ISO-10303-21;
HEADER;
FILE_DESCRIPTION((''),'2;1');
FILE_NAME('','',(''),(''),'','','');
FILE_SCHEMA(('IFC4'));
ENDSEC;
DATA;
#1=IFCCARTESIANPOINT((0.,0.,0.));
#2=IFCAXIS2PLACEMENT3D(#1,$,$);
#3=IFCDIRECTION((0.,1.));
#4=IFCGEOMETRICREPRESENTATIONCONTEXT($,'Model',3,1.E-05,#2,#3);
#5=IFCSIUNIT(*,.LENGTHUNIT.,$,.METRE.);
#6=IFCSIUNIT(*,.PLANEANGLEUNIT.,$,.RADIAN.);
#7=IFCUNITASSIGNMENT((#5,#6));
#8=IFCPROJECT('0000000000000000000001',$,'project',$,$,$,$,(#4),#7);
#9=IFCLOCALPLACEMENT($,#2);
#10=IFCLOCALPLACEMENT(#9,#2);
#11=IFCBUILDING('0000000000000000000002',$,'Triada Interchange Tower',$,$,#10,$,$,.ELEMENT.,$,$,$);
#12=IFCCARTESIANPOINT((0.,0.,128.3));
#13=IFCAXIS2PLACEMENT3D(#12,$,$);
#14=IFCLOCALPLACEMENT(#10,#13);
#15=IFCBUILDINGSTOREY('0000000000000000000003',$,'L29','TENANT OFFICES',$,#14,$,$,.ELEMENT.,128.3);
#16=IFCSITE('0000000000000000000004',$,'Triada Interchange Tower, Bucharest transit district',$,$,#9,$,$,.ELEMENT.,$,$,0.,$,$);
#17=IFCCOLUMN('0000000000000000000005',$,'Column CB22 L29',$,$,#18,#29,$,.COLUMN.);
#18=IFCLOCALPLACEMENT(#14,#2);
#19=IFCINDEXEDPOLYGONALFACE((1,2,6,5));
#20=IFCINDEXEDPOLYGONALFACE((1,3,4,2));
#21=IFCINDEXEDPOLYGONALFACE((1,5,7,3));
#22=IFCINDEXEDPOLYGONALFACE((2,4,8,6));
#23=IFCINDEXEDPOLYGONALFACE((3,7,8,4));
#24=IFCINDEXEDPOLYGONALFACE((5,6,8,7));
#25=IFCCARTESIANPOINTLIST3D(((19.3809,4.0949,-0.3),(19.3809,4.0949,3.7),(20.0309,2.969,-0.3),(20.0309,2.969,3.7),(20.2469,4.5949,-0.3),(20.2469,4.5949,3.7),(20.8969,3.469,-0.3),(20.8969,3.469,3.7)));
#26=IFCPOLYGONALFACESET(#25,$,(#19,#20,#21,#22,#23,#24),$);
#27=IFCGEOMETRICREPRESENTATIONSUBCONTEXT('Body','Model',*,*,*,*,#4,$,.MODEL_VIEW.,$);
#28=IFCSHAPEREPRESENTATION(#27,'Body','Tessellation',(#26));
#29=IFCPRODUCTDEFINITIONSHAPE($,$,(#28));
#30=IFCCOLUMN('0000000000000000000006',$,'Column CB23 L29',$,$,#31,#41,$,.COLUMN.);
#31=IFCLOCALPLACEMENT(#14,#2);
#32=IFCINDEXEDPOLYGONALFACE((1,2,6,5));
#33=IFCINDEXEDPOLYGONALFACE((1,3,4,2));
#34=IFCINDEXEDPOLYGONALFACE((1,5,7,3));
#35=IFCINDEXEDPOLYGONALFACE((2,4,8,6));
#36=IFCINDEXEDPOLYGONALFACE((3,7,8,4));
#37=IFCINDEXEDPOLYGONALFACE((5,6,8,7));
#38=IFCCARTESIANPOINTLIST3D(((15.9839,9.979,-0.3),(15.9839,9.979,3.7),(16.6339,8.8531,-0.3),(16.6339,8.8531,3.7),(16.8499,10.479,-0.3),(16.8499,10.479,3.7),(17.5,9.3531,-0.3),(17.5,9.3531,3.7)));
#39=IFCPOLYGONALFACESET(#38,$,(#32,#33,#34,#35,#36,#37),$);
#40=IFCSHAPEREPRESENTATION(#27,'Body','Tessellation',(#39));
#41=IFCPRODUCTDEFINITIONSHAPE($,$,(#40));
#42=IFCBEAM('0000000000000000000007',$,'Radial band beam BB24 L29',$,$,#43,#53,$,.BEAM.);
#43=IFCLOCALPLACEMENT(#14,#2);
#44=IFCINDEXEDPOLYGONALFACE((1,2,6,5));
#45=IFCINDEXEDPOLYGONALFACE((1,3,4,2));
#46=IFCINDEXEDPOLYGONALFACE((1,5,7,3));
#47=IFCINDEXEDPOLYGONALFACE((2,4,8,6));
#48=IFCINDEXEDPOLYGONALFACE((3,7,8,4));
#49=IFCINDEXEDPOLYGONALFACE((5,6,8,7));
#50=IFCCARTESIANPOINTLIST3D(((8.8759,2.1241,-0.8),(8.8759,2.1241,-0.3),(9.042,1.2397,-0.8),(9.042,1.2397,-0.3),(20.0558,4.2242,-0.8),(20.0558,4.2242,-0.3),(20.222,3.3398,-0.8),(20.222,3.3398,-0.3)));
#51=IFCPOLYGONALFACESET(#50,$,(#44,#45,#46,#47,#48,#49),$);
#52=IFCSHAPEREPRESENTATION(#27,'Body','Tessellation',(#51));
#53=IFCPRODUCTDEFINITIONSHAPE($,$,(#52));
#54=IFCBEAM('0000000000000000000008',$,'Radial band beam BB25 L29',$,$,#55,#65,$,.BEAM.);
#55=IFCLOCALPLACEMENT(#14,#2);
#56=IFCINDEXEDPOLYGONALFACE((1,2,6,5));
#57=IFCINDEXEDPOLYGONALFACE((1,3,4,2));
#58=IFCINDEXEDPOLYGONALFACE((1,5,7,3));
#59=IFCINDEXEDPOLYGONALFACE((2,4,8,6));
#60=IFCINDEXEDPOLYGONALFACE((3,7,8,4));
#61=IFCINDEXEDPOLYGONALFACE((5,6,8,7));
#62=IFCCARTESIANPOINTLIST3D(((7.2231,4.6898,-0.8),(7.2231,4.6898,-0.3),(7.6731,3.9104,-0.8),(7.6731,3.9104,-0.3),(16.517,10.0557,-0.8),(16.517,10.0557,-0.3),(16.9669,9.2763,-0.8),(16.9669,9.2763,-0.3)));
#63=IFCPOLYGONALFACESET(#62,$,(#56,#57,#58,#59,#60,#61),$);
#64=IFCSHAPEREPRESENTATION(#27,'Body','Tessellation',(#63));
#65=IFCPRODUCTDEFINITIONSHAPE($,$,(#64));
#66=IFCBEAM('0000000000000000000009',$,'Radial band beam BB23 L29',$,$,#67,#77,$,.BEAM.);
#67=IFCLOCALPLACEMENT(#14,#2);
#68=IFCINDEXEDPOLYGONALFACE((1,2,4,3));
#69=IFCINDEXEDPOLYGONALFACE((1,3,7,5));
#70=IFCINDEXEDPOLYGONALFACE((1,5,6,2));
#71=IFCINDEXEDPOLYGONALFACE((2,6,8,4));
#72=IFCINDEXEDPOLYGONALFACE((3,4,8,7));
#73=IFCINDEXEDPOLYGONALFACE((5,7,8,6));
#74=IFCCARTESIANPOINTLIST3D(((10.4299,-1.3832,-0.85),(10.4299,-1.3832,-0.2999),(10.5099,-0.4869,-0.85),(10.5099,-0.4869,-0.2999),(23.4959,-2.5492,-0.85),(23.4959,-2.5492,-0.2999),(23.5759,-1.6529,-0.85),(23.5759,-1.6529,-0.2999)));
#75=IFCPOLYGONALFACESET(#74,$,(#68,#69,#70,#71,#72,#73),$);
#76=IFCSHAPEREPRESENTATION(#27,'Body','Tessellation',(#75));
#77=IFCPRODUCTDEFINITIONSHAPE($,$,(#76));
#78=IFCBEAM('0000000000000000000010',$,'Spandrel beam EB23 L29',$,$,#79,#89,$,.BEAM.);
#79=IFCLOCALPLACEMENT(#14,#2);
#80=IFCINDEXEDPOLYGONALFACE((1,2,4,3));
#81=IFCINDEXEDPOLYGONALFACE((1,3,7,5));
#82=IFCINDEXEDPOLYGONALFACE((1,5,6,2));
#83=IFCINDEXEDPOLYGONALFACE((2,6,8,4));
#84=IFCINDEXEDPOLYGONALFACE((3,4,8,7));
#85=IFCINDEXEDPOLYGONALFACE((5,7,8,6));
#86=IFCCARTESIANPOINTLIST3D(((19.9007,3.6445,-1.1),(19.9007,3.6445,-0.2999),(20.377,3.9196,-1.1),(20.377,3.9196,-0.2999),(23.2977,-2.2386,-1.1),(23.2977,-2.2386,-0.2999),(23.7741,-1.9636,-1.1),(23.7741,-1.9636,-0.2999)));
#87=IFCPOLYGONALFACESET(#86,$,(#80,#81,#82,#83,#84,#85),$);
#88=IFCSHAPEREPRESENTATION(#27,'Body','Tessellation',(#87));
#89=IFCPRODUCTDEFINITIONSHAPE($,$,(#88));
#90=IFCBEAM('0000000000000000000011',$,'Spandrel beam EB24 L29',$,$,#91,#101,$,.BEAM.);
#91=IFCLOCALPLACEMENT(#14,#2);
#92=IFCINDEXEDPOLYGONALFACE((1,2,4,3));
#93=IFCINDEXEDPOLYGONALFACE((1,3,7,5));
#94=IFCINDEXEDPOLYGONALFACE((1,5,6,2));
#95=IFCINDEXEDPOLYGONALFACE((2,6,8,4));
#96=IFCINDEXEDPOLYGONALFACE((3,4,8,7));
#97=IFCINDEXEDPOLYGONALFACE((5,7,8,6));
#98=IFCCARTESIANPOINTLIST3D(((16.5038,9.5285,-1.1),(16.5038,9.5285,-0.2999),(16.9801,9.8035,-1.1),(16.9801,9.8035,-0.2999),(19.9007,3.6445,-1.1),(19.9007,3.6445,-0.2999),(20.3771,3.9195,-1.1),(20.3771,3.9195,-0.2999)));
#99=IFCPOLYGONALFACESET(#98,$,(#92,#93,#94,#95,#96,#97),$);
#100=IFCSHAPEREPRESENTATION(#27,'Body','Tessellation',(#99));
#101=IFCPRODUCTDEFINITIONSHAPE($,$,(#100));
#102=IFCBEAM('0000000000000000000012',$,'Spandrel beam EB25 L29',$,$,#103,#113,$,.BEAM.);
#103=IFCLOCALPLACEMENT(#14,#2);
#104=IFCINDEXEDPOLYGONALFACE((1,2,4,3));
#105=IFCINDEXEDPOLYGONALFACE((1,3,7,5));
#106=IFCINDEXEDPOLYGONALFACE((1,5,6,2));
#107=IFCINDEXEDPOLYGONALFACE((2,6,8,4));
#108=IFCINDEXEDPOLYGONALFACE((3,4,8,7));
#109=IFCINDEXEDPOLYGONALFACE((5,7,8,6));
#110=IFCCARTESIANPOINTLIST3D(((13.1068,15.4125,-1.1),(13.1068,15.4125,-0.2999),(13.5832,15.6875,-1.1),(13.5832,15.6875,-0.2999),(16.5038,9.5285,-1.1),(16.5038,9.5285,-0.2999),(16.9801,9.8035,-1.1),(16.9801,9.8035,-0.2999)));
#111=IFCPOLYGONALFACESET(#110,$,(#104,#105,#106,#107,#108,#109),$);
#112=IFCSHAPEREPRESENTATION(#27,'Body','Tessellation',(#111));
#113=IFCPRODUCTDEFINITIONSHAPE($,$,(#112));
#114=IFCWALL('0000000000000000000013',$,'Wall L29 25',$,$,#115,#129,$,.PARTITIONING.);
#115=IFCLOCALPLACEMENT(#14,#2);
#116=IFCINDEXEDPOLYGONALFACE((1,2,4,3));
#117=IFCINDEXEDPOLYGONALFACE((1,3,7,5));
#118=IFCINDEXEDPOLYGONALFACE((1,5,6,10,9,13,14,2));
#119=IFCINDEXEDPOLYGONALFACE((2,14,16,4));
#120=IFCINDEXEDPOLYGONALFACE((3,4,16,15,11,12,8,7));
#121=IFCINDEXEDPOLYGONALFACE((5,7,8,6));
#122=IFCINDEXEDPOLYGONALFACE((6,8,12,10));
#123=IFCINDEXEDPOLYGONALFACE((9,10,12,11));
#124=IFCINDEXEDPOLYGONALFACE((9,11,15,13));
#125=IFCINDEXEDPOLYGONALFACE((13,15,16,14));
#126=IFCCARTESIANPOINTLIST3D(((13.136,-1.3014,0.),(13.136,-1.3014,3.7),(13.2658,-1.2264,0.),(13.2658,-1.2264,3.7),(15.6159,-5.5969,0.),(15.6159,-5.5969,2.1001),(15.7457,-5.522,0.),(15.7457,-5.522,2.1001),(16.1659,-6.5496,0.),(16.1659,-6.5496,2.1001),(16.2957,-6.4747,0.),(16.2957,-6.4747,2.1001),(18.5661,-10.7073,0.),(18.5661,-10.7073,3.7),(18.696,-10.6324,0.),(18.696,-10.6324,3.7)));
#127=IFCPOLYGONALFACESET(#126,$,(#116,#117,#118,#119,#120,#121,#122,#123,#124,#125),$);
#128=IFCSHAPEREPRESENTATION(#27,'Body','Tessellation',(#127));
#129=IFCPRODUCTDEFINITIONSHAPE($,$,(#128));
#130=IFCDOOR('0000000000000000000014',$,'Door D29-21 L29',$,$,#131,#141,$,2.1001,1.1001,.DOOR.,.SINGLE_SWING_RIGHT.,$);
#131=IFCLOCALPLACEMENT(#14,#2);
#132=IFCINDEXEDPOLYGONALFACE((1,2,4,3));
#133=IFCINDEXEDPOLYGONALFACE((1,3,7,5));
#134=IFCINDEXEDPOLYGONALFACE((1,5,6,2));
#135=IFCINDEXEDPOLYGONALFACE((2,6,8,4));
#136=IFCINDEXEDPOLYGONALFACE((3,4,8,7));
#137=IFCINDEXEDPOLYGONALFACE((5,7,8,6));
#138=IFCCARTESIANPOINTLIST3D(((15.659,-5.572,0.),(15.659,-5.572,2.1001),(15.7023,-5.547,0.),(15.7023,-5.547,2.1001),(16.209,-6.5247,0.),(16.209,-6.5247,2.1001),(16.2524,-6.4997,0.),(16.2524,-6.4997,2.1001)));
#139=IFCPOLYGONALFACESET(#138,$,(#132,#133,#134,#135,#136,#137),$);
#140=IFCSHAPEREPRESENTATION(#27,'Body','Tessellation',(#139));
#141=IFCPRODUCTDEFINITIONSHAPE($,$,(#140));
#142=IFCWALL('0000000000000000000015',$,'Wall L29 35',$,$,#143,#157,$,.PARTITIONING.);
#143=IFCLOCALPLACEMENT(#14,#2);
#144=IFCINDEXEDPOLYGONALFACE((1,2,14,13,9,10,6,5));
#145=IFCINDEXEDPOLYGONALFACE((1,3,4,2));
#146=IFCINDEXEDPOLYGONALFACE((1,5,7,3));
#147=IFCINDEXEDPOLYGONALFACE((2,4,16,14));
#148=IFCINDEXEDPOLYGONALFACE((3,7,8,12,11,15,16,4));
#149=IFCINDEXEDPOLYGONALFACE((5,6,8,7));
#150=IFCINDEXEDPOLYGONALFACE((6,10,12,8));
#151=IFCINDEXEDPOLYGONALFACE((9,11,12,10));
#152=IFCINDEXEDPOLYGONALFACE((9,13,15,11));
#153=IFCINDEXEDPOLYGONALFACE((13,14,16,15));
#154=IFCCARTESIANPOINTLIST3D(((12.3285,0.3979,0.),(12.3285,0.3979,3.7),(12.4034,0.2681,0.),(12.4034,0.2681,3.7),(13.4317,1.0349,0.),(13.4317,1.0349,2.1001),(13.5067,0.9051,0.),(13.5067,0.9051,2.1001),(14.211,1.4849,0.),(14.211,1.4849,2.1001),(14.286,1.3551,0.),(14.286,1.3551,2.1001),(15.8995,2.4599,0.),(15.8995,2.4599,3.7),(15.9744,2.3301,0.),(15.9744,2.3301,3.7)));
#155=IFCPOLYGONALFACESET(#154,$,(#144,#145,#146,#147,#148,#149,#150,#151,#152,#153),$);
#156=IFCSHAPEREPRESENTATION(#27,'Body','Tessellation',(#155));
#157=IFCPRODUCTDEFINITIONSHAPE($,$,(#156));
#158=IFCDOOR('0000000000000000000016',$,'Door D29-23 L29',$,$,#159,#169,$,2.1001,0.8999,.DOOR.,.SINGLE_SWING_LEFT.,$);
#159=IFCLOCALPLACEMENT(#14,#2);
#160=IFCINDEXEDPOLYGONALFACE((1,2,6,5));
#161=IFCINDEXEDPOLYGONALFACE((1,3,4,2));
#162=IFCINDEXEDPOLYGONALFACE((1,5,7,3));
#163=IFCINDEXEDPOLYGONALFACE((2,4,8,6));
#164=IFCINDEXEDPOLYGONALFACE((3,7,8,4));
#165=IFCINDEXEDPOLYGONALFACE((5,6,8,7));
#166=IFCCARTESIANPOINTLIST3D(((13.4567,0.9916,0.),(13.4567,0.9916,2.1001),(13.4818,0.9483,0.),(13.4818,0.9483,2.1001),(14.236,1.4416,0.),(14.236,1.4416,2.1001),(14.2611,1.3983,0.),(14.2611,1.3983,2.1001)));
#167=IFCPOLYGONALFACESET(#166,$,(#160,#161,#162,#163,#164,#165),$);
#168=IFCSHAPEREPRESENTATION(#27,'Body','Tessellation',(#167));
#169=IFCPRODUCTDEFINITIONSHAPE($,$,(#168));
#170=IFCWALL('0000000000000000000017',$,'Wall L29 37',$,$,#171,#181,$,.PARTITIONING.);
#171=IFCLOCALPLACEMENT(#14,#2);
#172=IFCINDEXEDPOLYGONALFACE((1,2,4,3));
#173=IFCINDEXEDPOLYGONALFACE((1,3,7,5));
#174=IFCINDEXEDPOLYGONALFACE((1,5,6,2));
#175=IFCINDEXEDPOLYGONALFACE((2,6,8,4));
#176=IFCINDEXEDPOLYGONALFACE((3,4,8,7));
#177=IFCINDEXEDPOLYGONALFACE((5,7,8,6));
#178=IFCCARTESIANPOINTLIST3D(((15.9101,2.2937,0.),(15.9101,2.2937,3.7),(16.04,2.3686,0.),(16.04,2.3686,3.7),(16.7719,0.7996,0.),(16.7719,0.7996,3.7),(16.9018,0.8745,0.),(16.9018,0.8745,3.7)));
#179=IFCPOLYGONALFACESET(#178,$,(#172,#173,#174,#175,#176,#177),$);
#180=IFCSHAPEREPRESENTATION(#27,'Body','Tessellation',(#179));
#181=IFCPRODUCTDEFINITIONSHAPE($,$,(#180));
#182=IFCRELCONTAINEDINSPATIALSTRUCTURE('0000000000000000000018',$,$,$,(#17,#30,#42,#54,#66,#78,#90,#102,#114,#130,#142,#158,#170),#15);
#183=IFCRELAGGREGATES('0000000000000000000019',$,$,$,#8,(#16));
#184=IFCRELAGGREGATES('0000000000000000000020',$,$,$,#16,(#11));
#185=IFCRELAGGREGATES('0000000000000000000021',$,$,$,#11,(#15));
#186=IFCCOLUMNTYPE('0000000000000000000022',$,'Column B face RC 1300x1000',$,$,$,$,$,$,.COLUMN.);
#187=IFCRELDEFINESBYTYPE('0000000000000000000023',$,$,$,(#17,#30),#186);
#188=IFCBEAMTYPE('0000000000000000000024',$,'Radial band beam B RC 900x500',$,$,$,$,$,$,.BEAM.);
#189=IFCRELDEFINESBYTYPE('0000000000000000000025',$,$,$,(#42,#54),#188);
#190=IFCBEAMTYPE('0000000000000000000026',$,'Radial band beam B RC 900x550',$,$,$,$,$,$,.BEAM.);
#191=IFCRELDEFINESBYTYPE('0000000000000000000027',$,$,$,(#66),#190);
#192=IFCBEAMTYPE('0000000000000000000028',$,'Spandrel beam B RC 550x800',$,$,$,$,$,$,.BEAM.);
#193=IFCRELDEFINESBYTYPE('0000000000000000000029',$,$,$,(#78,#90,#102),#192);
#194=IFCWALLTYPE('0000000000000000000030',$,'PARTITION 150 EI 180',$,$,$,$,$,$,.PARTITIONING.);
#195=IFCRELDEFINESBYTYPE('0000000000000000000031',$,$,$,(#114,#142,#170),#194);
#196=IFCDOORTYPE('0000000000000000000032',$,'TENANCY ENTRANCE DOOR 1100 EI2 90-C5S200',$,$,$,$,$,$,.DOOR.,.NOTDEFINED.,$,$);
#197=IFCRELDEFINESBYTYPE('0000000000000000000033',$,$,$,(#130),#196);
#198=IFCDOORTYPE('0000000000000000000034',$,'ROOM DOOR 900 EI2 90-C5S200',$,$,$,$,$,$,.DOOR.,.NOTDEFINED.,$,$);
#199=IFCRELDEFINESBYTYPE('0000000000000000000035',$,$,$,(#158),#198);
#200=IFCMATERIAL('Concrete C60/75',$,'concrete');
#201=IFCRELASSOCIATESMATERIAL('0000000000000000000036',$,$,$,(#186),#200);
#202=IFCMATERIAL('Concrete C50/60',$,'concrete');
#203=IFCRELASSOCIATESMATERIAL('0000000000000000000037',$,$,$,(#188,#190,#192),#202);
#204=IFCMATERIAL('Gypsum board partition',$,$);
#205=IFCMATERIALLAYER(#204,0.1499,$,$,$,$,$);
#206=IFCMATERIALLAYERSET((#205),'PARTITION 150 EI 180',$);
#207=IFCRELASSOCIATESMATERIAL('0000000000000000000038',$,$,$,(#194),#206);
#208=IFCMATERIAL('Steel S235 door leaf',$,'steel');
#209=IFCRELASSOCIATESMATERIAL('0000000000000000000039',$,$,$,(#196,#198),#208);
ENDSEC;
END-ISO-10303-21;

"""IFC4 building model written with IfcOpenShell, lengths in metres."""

from ifc_helpers import new_model, si_unit, direction, frame, frame_2d, origin, origin_2d, place, context, subcontext, project, spatial, rectangle, extrude, material, layer, layer_set, material_profile, profile_set, type_object, element, fill, save


model = new_model("IFC4")

# Units and contexts
model_context = context("Model", 3, precision=1e-05, world=origin(), true_north=direction((0.0, 1.0)))
body_context = subcontext(model_context, "Body", "Model", "MODEL_VIEW")
ifc_project = project(units=[si_unit("LENGTHUNIT", "METRE"), si_unit("PLANEANGLEUNIT", "RADIAN")], contexts=[model_context])

# Site, building, storey
site_placement = place(None, origin())
site = spatial("IfcSite", under=ifc_project, at=site_placement, Name="Triada Interchange Tower, Bucharest transit district", CompositionType="ELEMENT", RefElevation=0.0)
building_placement = place(site_placement, origin())
building = spatial("IfcBuilding", under=site, at=building_placement, Name="Triada Interchange Tower", CompositionType="ELEMENT")
storey_placement = place(building_placement, frame((0.0, 0.0, 128.3)))
storey = spatial("IfcBuildingStorey", under=building, at=storey_placement, Name="L29", Description="TENANT OFFICES", CompositionType="ELEMENT", Elevation=128.3)

# Columns
ifc_material_1 = material(Name="Concrete C60/75", Category="concrete")
ifc_material_profile_1 = material_profile(ifc_material_1, rectangle(XDim=1.3, YDim=1.0, at=origin_2d()), Name="RC 1300x1000")
ifc_profile_set_1 = profile_set([ifc_material_profile_1], Name="Concrete C60/75")
column_type = type_object("IfcColumnType", Name="Column B face RC 1300x1000", PredefinedType="COLUMN", material=ifc_profile_set_1)
for number, where, z_axis, x_axis, name in (
    (1, (20.1389, 3.782, -0.3), (0.0, 0.0, 1.0), (-0.5, 0.866025, 0.0), "Column CB22 L29"),
    (2, (16.7419, 9.666, -0.3), (0.0, 0.0, 1.0), (-0.5, 0.866025, 0.0), "Column CB23 L29"),
):
    element("IfcColumn", number, at=place(storey_placement, frame(where, z_axis=z_axis, x_axis=x_axis)), inside=storey, type_object=column_type, Name=name, PredefinedType="COLUMN", context=body_context, shape_type="SweptSolid", body=[
        extrude(rectangle(XDim=1.3, YDim=1.0, at=origin_2d()), origin(), (0.0, 0.0, 1.0), 4.0),
    ])

# Beams
ifc_material_2 = material(Name="Concrete C50/60", Category="concrete")
ifc_material_profile_2 = material_profile(ifc_material_2, rectangle(XDim=0.8999, YDim=0.5, at=origin_2d()), Name="RC 900x500")
ifc_profile_set_2 = profile_set([ifc_material_profile_2], Name="Concrete C50/60")
beam_type_1 = type_object("IfcBeamType", Name="Radial band beam B RC 900x500", PredefinedType="BEAM", material=ifc_profile_set_2)
beam_1_placement = place(storey_placement, frame((20.1389, 3.782, -0.55), z_axis=(-0.982811, -0.184616, 0.0), x_axis=(0.184616, -0.982811, 0.0)))
element("IfcBeam", 3, at=beam_1_placement, inside=storey, type_object=beam_type_1, Name="Radial band beam BB24 L29", PredefinedType="BEAM", context=body_context, shape_type="SweptSolid", body=[
    extrude(rectangle(XDim=0.8999, YDim=0.5, at=origin_2d()), origin(), (0.0, 0.0, 1.0), 11.3755),
])
beam_2_placement = place(storey_placement, frame((16.7419, 9.666, -0.55), z_axis=(-0.866021, -0.500007, 0.0), x_axis=(0.500007, -0.866021, 0.0)))
element("IfcBeam", 4, at=beam_2_placement, inside=storey, type_object=beam_type_1, Name="Radial band beam BB25 L29", PredefinedType="BEAM", context=body_context, shape_type="SweptSolid", body=[
    extrude(rectangle(XDim=0.8999, YDim=0.5, at=origin_2d()), origin(), (0.0, 0.0, 1.0), 10.7317),
])
ifc_material_profile_3 = material_profile(ifc_material_2, rectangle(XDim=0.8999, YDim=0.55, at=origin_2d()), Name="RC 900x550")
ifc_profile_set_3 = profile_set([ifc_material_profile_3], Name="Concrete C50/60")
beam_type_2 = type_object("IfcBeamType", Name="Radial band beam B RC 900x550", PredefinedType="BEAM", material=ifc_profile_set_3)
beam_3_placement = place(storey_placement, frame((23.5359, -2.1011, -0.575), z_axis=(-0.996042, 0.088888, 0.0), x_axis=(-0.088888, -0.996042, 0.0)))
element("IfcBeam", 5, at=beam_3_placement, inside=storey, type_object=beam_type_2, Name="Radial band beam BB23 L29", PredefinedType="BEAM", context=body_context, shape_type="SweptSolid", body=[
    extrude(rectangle(XDim=0.8999, YDim=0.55, at=origin_2d()), origin(), (0.0, 0.0, 1.0), 13.1179),
])
ifc_material_profile_4 = material_profile(ifc_material_2, rectangle(XDim=0.55, YDim=0.8, at=origin_2d()), Name="RC 550x800")
ifc_profile_set_4 = profile_set([ifc_material_profile_4], Name="Concrete C50/60")
beam_type_3 = type_object("IfcBeamType", Name="Spandrel beam B RC 550x800", PredefinedType="BEAM", material=ifc_profile_set_4)
beam_4_placement = place(storey_placement, frame((23.5359, -2.1011, -0.7), z_axis=(-0.500043, 0.866001, 0.0), x_axis=(-0.866001, -0.500043, 0.0)))
element("IfcBeam", 6, at=beam_4_placement, inside=storey, type_object=beam_type_3, Name="Spandrel beam EB23 L29", PredefinedType="BEAM", context=body_context, shape_type="SweptSolid", body=[
    extrude(rectangle(XDim=0.55, YDim=0.8, at=origin_2d()), origin(), (0.0, 0.0, 1.0), 6.7935),
])
for number, where, z_axis, x_axis, name in (
    (7, (20.1389, 3.782, -0.7), (-0.499981, 0.866037, 0.0), (-0.866037, -0.499981, 0.0), "Spandrel beam EB24 L29"),
    (8, (16.7419, 9.666, -0.7), (-0.499981, 0.866037, 0.0), (-0.866037, -0.499981, 0.0), "Spandrel beam EB25 L29"),
):
    element("IfcBeam", number, at=place(storey_placement, frame(where, z_axis=z_axis, x_axis=x_axis)), inside=storey, type_object=beam_type_3, Name=name, PredefinedType="BEAM", context=body_context, shape_type="SweptSolid", body=[
        extrude(rectangle(XDim=0.55, YDim=0.8, at=origin_2d()), origin(), (0.0, 0.0, 1.0), 6.7942),
    ])

# Walls, openings, doors
ifc_material_3 = material(Name="Gypsum board partition")
ifc_layer_1 = layer(ifc_material_3, 0.1499)
ifc_layer_set_1 = layer_set([ifc_layer_1], Name="PARTITION 150 EI 180")
wall_type = type_object("IfcWallType", Name="PARTITION 150 EI 180", PredefinedType="PARTITIONING", material=ifc_layer_set_1)
wall_1_placement = place(storey_placement, frame((13.2009, -1.2639, 0.0), z_axis=(0.0, 0.0, 1.0), x_axis=(0.499973, -0.866041, 0.0)))
wall_1 = element("IfcWall", 9, at=wall_1_placement, inside=storey, type_object=wall_type, Name="Wall L29 25", PredefinedType="PARTITIONING", context=body_context, shape_type="SweptSolid", body=[
    extrude(rectangle(XDim=10.8608, YDim=0.1499, at=frame_2d((5.4304, 0.0))), origin(), (0.0, 0.0, 1.0), 3.7),
])
opening_1_placement = place(wall_1_placement, frame((4.96, 0.0, 0.0)))
opening_1 = element("IfcOpeningElement", 10, at=opening_1_placement, cuts=wall_1, PredefinedType="OPENING", context=body_context, shape_type="SweptSolid", body=[
    extrude(rectangle(XDim=1.1001, YDim=2.1001, at=frame_2d((0.55, 1.05))), frame((0.0, 0.085, 0.0), z_axis=(0.0, -1.0, 0.0), x_axis=(1.0, 0.0, 0.0)), (0.0, 0.0, 1.0), 0.1699),
])
ifc_material_4 = material(Name="Steel S235 door leaf", Category="steel")
door_type_1 = type_object("IfcDoorType", Name="TENANCY ENTRANCE DOOR 1100 EI2 90-C5S200", OperationType="NOTDEFINED", PredefinedType="DOOR", material=ifc_material_4)
door_1_placement = place(opening_1_placement, origin())
door_1 = element("IfcDoor", 11, at=door_1_placement, inside=storey, type_object=door_type_1, Name="Door D29-21 L29", OperationType="SINGLE_SWING_RIGHT", OverallHeight=2.1001, OverallWidth=1.1001, PredefinedType="DOOR", context=body_context, shape_type="SweptSolid", body=[
    extrude(rectangle(XDim=1.1001, YDim=2.1001, at=frame_2d((0.55, 1.05))), frame((0.0, 0.0249, 0.0), z_axis=(0.0, -1.0, 0.0), x_axis=(1.0, 0.0, 0.0)), (0.0, 0.0, 1.0), 0.05),
])
fill(opening_1, door_1)
wall_2_placement = place(storey_placement, frame((12.366, 0.333, 0.0), z_axis=(0.0, 0.0, 1.0), x_axis=(0.865997, 0.500049, 0.0)))
wall_2 = element("IfcWall", 12, at=wall_2_placement, inside=storey, type_object=wall_type, Name="Wall L29 35", PredefinedType="PARTITIONING", context=body_context, shape_type="SweptSolid", body=[
    extrude(rectangle(XDim=4.1235, YDim=0.1499, at=frame_2d((2.0618, 0.0))), origin(), (0.0, 0.0, 1.0), 3.7),
])
opening_2_placement = place(wall_2_placement, frame((1.2739, 0.0, 0.0)))
opening_2 = element("IfcOpeningElement", 13, at=opening_2_placement, cuts=wall_2, PredefinedType="OPENING", context=body_context, shape_type="SweptSolid", body=[
    extrude(rectangle(XDim=0.8999, YDim=2.1001, at=frame_2d((0.45, 1.05))), frame((0.0, 0.085, 0.0), z_axis=(0.0, -1.0, 0.0), x_axis=(1.0, 0.0, 0.0)), (0.0, 0.0, 1.0), 0.1699),
])
door_type_2 = type_object("IfcDoorType", Name="ROOM DOOR 900 EI2 90-C5S200", OperationType="NOTDEFINED", PredefinedType="DOOR", material=ifc_material_4)
door_2_placement = place(opening_2_placement, origin())
door_2 = element("IfcDoor", 14, at=door_2_placement, inside=storey, type_object=door_type_2, Name="Door D29-23 L29", OperationType="SINGLE_SWING_LEFT", OverallHeight=2.1001, OverallWidth=0.8999, PredefinedType="DOOR", context=body_context, shape_type="SweptSolid", body=[
    extrude(rectangle(XDim=0.8999, YDim=2.1001, at=frame_2d((0.45, 1.05))), frame((0.0, 0.0249, 0.0), z_axis=(0.0, -1.0, 0.0), x_axis=(1.0, 0.0, 0.0)), (0.0, 0.0, 1.0), 0.05),
])
fill(opening_2, door_2)

# Wall
wall_3_placement = place(storey_placement, frame((15.9751, 2.3311, 0.0), z_axis=(0.0, 0.0, 1.0), x_axis=(0.499641, -0.866233, 0.0)))
element("IfcWall", 15, at=wall_3_placement, inside=storey, type_object=wall_type, Name="Wall L29 37", PredefinedType="PARTITIONING", context=body_context, shape_type="SweptSolid", body=[
    extrude(rectangle(XDim=1.7249, YDim=0.1499, at=frame_2d((0.8623, 0.0))), origin(), (0.0, 0.0, 1.0), 3.7),
])

save(model, "model.ifc")
